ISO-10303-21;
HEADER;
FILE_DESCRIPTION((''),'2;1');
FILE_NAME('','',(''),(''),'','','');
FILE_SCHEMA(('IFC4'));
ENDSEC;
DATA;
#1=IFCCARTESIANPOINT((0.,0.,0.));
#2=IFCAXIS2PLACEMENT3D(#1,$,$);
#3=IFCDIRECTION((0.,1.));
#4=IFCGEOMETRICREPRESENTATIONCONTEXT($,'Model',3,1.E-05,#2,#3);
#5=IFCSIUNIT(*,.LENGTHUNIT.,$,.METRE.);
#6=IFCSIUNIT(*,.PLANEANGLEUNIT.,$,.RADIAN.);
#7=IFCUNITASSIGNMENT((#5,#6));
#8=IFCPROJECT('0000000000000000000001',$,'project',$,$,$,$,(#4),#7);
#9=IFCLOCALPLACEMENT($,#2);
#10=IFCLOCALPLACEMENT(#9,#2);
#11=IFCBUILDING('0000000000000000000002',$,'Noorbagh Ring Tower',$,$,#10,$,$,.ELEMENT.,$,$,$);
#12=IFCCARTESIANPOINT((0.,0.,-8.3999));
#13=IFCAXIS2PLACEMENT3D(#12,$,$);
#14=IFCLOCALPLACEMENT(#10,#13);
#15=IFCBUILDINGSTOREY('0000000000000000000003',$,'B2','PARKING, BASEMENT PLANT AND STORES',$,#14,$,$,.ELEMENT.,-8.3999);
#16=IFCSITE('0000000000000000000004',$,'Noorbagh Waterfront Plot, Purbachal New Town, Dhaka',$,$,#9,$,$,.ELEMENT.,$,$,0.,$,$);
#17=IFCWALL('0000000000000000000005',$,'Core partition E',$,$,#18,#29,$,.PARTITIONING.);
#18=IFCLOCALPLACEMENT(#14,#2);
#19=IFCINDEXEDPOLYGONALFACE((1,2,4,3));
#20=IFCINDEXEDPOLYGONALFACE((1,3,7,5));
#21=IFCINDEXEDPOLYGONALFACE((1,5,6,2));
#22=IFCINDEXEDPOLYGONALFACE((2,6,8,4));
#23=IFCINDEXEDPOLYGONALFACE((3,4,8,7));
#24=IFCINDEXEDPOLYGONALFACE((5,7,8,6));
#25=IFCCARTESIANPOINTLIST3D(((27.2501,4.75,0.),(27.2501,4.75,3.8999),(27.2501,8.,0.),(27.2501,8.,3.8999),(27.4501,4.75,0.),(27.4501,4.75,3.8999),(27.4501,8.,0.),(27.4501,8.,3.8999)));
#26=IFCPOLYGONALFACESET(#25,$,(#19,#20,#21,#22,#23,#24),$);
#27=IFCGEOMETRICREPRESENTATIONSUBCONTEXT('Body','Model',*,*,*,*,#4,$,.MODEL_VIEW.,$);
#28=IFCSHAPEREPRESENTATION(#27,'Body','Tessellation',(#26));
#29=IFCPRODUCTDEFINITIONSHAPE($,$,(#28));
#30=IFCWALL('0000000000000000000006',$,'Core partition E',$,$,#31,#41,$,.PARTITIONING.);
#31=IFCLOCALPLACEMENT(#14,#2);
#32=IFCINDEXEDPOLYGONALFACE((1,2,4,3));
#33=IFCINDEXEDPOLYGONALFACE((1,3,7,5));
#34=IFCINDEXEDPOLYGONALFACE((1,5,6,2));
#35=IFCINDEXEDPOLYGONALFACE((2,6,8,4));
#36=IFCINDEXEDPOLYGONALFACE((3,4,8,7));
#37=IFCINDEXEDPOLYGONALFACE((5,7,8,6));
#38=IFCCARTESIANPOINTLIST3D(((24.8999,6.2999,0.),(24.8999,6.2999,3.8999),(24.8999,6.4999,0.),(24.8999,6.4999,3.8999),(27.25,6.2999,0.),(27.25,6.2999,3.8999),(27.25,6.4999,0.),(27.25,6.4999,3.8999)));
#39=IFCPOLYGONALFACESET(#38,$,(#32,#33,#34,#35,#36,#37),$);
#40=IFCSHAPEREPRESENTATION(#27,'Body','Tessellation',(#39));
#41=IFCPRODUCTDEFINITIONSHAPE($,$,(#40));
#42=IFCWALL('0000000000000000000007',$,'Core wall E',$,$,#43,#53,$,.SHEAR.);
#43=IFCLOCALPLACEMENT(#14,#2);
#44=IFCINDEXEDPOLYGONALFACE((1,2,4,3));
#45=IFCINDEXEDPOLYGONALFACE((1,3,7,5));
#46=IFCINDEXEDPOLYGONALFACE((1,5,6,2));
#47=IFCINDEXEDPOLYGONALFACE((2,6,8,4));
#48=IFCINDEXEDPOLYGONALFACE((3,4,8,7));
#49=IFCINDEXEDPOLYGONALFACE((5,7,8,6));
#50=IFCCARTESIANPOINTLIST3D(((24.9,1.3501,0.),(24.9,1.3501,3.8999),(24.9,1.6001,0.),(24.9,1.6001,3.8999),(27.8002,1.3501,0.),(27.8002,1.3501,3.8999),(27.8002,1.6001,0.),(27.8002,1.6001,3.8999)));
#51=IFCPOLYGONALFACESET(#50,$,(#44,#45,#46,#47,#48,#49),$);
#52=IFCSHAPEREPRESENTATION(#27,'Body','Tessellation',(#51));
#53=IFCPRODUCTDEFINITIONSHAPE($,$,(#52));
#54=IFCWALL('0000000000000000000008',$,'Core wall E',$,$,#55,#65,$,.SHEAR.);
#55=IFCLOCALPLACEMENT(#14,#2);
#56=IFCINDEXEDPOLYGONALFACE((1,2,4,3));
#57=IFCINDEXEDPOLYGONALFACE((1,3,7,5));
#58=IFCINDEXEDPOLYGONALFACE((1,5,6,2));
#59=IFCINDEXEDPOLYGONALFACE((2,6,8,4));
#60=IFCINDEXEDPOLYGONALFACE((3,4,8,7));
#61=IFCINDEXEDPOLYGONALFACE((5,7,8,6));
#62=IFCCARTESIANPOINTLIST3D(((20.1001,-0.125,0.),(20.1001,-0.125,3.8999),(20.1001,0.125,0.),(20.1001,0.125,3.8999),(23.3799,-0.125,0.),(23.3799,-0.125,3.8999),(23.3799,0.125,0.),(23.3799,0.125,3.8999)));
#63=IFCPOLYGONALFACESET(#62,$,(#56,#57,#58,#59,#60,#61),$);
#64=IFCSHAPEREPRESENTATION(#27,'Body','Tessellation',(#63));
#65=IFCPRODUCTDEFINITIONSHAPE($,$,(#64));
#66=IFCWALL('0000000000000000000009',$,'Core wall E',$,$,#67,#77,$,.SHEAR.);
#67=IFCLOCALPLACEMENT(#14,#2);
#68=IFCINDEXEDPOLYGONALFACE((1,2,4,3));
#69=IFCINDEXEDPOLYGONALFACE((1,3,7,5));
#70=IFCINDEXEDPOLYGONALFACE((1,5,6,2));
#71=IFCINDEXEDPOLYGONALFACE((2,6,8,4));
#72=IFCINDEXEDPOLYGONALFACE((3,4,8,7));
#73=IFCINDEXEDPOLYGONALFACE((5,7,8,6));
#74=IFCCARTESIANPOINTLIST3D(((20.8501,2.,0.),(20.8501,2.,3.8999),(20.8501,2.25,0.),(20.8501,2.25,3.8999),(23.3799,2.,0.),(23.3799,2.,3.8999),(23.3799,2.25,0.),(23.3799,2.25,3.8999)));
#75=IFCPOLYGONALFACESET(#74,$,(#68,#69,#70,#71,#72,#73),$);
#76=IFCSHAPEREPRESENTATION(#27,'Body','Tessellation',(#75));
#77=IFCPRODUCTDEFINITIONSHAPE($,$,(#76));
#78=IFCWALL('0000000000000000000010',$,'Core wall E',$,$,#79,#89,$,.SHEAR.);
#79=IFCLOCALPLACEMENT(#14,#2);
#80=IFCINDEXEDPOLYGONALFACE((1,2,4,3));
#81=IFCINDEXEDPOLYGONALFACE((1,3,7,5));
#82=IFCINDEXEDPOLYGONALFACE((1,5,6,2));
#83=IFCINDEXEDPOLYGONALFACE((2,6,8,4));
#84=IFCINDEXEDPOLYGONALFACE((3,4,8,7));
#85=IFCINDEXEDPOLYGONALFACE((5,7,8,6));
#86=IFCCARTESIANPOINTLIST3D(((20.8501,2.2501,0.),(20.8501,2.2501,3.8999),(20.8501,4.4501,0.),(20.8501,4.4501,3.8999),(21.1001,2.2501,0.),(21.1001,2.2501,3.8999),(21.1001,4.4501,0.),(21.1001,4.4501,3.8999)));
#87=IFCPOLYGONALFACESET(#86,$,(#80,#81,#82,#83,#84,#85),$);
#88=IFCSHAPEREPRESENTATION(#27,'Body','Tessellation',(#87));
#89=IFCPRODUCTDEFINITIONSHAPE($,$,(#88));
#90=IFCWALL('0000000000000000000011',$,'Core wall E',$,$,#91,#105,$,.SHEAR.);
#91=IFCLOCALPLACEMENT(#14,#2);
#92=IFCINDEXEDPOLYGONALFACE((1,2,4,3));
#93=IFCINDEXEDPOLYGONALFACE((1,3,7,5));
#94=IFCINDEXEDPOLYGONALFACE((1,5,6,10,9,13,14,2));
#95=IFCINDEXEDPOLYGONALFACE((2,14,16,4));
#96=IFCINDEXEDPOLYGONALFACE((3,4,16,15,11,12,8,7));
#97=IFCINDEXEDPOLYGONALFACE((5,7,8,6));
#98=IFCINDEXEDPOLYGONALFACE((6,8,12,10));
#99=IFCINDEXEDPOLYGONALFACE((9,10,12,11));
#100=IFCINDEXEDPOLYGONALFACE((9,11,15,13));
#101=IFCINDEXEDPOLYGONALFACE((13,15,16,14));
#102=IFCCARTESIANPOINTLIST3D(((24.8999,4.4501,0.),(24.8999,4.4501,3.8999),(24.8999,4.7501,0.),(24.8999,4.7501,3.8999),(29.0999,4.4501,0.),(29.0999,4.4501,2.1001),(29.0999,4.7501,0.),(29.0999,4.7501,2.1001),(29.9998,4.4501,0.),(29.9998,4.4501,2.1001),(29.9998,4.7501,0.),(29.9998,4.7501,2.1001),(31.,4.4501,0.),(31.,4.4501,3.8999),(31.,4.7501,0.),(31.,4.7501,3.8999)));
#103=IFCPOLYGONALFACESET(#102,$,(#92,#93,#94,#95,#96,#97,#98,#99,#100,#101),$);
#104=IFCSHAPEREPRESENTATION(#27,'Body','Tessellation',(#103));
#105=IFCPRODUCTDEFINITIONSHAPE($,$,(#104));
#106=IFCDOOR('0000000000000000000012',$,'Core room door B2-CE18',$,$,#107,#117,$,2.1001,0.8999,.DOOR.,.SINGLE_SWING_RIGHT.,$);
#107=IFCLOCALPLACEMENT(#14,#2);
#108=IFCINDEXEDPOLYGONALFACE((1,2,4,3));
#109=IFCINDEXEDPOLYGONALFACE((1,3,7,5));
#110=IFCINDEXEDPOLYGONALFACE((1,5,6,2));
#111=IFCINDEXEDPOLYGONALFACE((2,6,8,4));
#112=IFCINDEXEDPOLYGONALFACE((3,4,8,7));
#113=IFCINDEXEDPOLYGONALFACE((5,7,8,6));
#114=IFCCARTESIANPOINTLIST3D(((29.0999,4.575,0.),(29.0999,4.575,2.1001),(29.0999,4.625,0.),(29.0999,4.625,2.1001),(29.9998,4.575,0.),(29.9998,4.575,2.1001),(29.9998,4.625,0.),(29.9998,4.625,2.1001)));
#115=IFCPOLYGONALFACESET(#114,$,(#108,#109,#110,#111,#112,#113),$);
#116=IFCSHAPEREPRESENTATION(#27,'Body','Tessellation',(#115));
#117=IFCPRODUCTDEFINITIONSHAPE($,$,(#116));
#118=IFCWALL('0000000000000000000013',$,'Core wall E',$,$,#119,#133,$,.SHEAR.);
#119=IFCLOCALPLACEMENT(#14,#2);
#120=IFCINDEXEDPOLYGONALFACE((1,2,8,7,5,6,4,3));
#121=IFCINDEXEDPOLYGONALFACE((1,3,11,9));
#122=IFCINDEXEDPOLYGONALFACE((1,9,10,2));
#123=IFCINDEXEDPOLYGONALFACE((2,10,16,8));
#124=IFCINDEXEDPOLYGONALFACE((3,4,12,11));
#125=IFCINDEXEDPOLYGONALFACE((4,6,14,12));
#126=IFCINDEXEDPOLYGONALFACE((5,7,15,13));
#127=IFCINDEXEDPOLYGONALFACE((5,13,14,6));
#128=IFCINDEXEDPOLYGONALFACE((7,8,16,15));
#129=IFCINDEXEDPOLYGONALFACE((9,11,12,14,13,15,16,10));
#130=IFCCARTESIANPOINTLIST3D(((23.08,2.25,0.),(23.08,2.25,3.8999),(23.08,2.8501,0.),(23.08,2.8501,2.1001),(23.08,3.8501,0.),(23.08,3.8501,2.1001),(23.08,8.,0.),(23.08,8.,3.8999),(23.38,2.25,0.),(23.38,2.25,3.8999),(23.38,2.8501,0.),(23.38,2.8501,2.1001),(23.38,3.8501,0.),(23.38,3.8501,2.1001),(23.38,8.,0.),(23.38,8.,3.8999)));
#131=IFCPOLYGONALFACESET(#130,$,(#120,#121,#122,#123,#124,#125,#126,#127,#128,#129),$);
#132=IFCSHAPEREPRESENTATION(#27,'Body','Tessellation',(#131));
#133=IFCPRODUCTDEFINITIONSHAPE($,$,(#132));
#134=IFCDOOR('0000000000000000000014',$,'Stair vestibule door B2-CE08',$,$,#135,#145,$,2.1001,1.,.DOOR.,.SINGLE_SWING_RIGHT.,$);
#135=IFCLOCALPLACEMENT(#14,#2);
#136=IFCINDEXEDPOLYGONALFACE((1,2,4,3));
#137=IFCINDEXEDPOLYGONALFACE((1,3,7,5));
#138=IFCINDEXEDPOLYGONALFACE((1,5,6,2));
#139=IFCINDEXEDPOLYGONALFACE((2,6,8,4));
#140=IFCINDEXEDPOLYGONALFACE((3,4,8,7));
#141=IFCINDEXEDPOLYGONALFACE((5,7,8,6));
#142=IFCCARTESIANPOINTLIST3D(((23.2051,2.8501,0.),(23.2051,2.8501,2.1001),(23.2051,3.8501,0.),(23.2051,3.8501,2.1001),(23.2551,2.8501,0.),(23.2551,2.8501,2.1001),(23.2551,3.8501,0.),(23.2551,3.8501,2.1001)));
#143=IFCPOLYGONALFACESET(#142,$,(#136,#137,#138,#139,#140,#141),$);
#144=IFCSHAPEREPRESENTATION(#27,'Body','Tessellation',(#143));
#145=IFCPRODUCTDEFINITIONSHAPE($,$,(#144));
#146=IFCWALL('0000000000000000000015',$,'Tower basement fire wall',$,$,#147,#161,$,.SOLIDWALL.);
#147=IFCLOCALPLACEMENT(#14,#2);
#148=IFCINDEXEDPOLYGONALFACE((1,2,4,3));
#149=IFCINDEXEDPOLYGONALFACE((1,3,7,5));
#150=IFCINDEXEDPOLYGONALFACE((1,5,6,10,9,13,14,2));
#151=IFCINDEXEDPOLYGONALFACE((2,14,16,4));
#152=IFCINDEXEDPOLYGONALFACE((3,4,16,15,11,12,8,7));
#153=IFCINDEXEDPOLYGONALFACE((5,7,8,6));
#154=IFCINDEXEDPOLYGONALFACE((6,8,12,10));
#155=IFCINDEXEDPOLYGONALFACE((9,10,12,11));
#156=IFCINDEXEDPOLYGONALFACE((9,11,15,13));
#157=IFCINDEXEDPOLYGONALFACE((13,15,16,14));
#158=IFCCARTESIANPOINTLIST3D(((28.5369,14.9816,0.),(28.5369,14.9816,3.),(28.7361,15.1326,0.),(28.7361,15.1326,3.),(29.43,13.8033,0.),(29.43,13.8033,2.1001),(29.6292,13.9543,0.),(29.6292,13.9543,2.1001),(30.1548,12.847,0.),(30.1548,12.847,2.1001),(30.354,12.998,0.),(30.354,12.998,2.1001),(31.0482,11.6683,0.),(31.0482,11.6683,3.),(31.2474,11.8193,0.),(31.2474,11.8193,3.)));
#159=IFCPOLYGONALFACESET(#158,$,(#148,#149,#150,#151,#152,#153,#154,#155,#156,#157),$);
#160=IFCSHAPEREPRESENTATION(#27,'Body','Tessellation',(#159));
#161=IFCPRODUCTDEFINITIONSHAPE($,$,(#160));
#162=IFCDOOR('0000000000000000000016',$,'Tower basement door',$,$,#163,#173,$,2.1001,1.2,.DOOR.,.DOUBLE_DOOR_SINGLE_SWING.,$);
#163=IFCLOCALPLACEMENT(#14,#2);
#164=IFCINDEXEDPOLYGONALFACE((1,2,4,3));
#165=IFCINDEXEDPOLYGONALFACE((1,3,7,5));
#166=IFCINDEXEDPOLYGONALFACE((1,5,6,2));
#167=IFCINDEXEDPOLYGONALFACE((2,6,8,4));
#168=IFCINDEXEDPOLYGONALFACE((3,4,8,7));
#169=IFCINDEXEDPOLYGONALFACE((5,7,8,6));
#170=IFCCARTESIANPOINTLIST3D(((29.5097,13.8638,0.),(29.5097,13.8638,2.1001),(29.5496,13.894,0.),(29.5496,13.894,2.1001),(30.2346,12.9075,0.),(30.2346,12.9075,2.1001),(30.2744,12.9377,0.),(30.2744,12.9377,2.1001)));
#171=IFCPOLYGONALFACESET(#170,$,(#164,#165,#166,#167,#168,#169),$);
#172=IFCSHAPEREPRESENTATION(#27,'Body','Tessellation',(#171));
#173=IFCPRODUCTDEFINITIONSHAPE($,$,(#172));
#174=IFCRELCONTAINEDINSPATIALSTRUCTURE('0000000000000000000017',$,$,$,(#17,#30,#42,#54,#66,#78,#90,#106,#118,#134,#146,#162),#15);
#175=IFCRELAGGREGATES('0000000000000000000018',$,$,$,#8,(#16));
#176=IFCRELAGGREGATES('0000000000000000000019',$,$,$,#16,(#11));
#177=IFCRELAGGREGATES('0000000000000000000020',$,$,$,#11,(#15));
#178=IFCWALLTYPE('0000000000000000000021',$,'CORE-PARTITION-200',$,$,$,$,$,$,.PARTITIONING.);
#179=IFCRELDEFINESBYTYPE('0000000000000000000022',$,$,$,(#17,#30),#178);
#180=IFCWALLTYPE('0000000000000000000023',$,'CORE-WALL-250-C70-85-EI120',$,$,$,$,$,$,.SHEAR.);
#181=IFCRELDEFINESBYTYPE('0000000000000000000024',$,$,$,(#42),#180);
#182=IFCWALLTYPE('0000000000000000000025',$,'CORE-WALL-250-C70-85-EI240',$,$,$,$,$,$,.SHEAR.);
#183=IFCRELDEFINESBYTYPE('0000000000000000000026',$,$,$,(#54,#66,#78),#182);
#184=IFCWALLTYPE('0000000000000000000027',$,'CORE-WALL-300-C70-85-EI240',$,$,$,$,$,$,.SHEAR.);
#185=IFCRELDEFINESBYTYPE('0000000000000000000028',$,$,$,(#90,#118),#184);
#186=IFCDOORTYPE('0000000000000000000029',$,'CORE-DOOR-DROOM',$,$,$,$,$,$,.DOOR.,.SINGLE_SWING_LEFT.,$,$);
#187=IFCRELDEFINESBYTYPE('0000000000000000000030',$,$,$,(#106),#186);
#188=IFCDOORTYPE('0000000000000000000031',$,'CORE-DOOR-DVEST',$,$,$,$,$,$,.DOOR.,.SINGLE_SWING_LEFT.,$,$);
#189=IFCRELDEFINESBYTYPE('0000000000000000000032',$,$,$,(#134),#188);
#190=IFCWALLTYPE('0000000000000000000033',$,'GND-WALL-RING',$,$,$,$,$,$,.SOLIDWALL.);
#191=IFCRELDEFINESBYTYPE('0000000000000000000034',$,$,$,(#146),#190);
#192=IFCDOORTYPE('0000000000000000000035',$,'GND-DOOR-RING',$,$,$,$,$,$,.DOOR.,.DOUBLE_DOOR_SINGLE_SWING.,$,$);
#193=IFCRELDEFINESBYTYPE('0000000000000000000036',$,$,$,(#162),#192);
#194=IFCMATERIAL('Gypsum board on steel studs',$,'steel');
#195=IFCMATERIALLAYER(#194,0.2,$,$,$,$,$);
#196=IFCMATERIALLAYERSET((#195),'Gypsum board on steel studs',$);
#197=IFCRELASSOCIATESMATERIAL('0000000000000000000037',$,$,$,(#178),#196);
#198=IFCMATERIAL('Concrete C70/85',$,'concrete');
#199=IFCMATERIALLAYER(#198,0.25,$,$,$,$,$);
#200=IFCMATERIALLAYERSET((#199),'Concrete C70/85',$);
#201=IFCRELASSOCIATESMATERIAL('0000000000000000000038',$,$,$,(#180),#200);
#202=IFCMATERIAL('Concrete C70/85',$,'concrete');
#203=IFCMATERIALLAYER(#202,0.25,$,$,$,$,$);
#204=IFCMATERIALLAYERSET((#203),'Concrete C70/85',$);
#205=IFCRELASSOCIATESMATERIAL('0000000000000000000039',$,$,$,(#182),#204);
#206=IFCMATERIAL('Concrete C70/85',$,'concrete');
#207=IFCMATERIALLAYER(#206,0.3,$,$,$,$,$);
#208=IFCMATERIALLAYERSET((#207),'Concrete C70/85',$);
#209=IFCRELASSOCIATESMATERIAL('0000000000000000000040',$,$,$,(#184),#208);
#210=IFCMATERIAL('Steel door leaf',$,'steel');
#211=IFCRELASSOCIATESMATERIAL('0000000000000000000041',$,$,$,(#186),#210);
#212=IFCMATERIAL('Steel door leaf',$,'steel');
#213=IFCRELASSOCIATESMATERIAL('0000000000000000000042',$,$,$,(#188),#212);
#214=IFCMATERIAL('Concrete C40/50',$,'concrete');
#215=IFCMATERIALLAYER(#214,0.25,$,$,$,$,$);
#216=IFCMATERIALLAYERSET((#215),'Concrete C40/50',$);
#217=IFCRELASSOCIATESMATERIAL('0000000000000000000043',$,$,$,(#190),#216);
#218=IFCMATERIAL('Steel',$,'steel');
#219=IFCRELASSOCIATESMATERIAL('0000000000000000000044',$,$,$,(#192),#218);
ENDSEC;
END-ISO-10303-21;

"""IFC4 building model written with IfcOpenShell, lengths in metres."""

from ifc_helpers import new_model, si_unit, direction, frame, frame_2d, origin, place, context, subcontext, project, spatial, rectangle, extrude, material, layer, layer_set, type_object, element, fill, save


model = new_model("IFC4")

# Units and contexts
model_context = context("Model", 3, precision=1e-05, world=origin(), true_north=direction((0.0, 1.0)))
body_context = subcontext(model_context, "Body", "Model", "MODEL_VIEW")
ifc_project = project(units=[si_unit("LENGTHUNIT", "METRE"), si_unit("PLANEANGLEUNIT", "RADIAN")], contexts=[model_context])

# Site, building, storey
site_placement = place(None, origin())
site = spatial("IfcSite", under=ifc_project, at=site_placement, Name="Noorbagh Waterfront Plot, Purbachal New Town, Dhaka", CompositionType="ELEMENT", RefElevation=0.0)
building_placement = place(site_placement, origin())
building = spatial("IfcBuilding", under=site, at=building_placement, Name="Noorbagh Ring Tower", CompositionType="ELEMENT")
storey_placement = place(building_placement, frame((0.0, 0.0, -8.3999)))
storey = spatial("IfcBuildingStorey", under=building, at=storey_placement, Name="B2", Description="PARKING, BASEMENT PLANT AND STORES", CompositionType="ELEMENT", Elevation=-8.3999)

# Walls
ifc_material_1 = material(Name="Gypsum board on steel studs", Category="steel")
ifc_layer_1 = layer(ifc_material_1, 0.2)
ifc_layer_set_1 = layer_set([ifc_layer_1], Name="Gypsum board on steel studs")
wall_type_1 = type_object("IfcWallType", Name="CORE-PARTITION-200", PredefinedType="PARTITIONING", material=ifc_layer_set_1)
wall_1_placement = place(storey_placement, frame((27.3501, 4.75, 0.0), z_axis=(0.0, 0.0, 1.0), x_axis=(0.0, 1.0, 0.0)))
element("IfcWall", 1, at=wall_1_placement, inside=storey, type_object=wall_type_1, Name="Core partition E", PredefinedType="PARTITIONING", context=body_context, shape_type="SweptSolid", body=[
    extrude(rectangle(XDim=3.25, YDim=0.2, at=frame_2d((1.625, 0.0))), origin(), (0.0, 0.0, 1.0), 3.8999),
])
wall_2_placement = place(storey_placement, frame((24.8999, 6.3999, 0.0), z_axis=(0.0, 0.0, 1.0), x_axis=(1.0, 0.0, 0.0)))
element("IfcWall", 2, at=wall_2_placement, inside=storey, type_object=wall_type_1, Name="Core partition E", PredefinedType="PARTITIONING", context=body_context, shape_type="SweptSolid", body=[
    extrude(rectangle(XDim=2.3501, YDim=0.2, at=frame_2d((1.175, 0.0))), origin(), (0.0, 0.0, 1.0), 3.8999),
])
ifc_material_2 = material(Name="Concrete C70/85", Category="concrete")
ifc_layer_2 = layer(ifc_material_2, 0.25)
ifc_layer_set_2 = layer_set([ifc_layer_2], Name="Concrete C70/85")
wall_type_2 = type_object("IfcWallType", Name="CORE-WALL-250-C70-85-EI120", PredefinedType="SHEAR", material=ifc_layer_set_2)
wall_3_placement = place(storey_placement, frame((24.8999, 1.4751, 0.0), z_axis=(0.0, 0.0, 1.0), x_axis=(1.0, 0.0, 0.0)))
element("IfcWall", 3, at=wall_3_placement, inside=storey, type_object=wall_type_2, Name="Core wall E", PredefinedType="SHEAR", context=body_context, shape_type="SweptSolid", body=[
    extrude(rectangle(XDim=2.9001, YDim=0.25, at=frame_2d((1.4502, 0.0))), origin(), (0.0, 0.0, 1.0), 3.8999),
])
ifc_material_3 = material(Name="Concrete C70/85", Category="concrete")
ifc_layer_3 = layer(ifc_material_3, 0.25)
ifc_layer_set_3 = layer_set([ifc_layer_3], Name="Concrete C70/85")
wall_type_3 = type_object("IfcWallType", Name="CORE-WALL-250-C70-85-EI240", PredefinedType="SHEAR", material=ifc_layer_set_3)
wall_4_placement = place(storey_placement, frame((20.1001, 0.0, 0.0), z_axis=(0.0, 0.0, 1.0), x_axis=(1.0, 0.0, 0.0)))
element("IfcWall", 4, at=wall_4_placement, inside=storey, type_object=wall_type_3, Name="Core wall E", PredefinedType="SHEAR", context=body_context, shape_type="SweptSolid", body=[
    extrude(rectangle(XDim=3.2798, YDim=0.25, at=frame_2d((1.6399, 0.0))), origin(), (0.0, 0.0, 1.0), 3.8999),
])
wall_5_placement = place(storey_placement, frame((20.8501, 2.125, 0.0), z_axis=(0.0, 0.0, 1.0), x_axis=(1.0, 0.0, 0.0)))
element("IfcWall", 5, at=wall_5_placement, inside=storey, type_object=wall_type_3, Name="Core wall E", PredefinedType="SHEAR", context=body_context, shape_type="SweptSolid", body=[
    extrude(rectangle(XDim=2.5298, YDim=0.25, at=frame_2d((1.2649, 0.0))), origin(), (0.0, 0.0, 1.0), 3.8999),
])
wall_6_placement = place(storey_placement, frame((20.9751, 2.25, 0.0), z_axis=(0.0, 0.0, 1.0), x_axis=(0.0, 1.0, 0.0)))
element("IfcWall", 6, at=wall_6_placement, inside=storey, type_object=wall_type_3, Name="Core wall E", PredefinedType="SHEAR", context=body_context, shape_type="SweptSolid", body=[
    extrude(rectangle(XDim=2.2, YDim=0.25, at=frame_2d((1.1001, 0.0))), origin(), (0.0, 0.0, 1.0), 3.8999),
])

# Walls, openings, doors
ifc_material_4 = material(Name="Concrete C70/85", Category="concrete")
ifc_layer_4 = layer(ifc_material_4, 0.3)
ifc_layer_set_4 = layer_set([ifc_layer_4], Name="Concrete C70/85")
wall_type_4 = type_object("IfcWallType", Name="CORE-WALL-300-C70-85-EI240", PredefinedType="SHEAR", material=ifc_layer_set_4)
wall_7_placement = place(storey_placement, frame((24.8999, 4.6001, 0.0), z_axis=(0.0, 0.0, 1.0), x_axis=(1.0, 0.0, 0.0)))
wall_7 = element("IfcWall", 7, at=wall_7_placement, inside=storey, type_object=wall_type_4, Name="Core wall E", PredefinedType="SHEAR", context=body_context, shape_type="SweptSolid", body=[
    extrude(rectangle(XDim=6.1001, YDim=0.3, at=frame_2d((3.05, 0.0))), origin(), (0.0, 0.0, 1.0), 3.8999),
])
opening_1_placement = place(wall_7_placement, frame((4.2, 0.0, 0.0)))
opening_1 = element("IfcOpeningElement", 8, at=opening_1_placement, cuts=wall_7, PredefinedType="OPENING", context=body_context, shape_type="SweptSolid", body=[
    extrude(rectangle(XDim=0.8999, YDim=2.1001, at=frame_2d((0.45, 1.05))), frame((0.0, 0.1602, 0.0), z_axis=(0.0, -1.0, 0.0), x_axis=(1.0, 0.0, 0.0)), (0.0, 0.0, 1.0), 0.3201),
])
ifc_material_5 = material(Name="Steel door leaf", Category="steel")
door_type_1 = type_object("IfcDoorType", Name="CORE-DOOR-DROOM", OperationType="SINGLE_SWING_LEFT", PredefinedType="DOOR", material=ifc_material_5)
door_1_placement = place(opening_1_placement, origin())
door_1 = element("IfcDoor", 9, at=door_1_placement, inside=storey, type_object=door_type_1, Name="Core room door B2-CE18", OperationType="SINGLE_SWING_RIGHT", OverallHeight=2.1001, OverallWidth=0.8999, PredefinedType="DOOR", context=body_context, shape_type="SweptSolid", body=[
    extrude(rectangle(XDim=0.8999, YDim=2.1001, at=frame_2d((0.45, 1.05))), frame((0.0, 0.0249, 0.0), z_axis=(0.0, -1.0, 0.0), x_axis=(1.0, 0.0, 0.0)), (0.0, 0.0, 1.0), 0.05),
])
fill(opening_1, door_1)
wall_8_placement = place(storey_placement, frame((23.23, 2.25, 0.0), z_axis=(0.0, 0.0, 1.0), x_axis=(0.0, 1.0, 0.0)))
wall_8 = element("IfcWall", 10, at=wall_8_placement, inside=storey, type_object=wall_type_4, Name="Core wall E", PredefinedType="SHEAR", context=body_context, shape_type="SweptSolid", body=[
    extrude(rectangle(XDim=5.75, YDim=0.3, at=frame_2d((2.875, 0.0))), origin(), (0.0, 0.0, 1.0), 3.8999),
])
opening_2_placement = place(wall_8_placement, frame((0.6001, 0.0, 0.0)))
opening_2 = element("IfcOpeningElement", 11, at=opening_2_placement, cuts=wall_8, PredefinedType="OPENING", context=body_context, shape_type="SweptSolid", body=[
    extrude(rectangle(XDim=1.0, YDim=2.1001, at=frame_2d((0.5, 1.05))), frame((0.0, 0.1602, 0.0), z_axis=(0.0, -1.0, 0.0), x_axis=(1.0, 0.0, 0.0)), (0.0, 0.0, 1.0), 0.3201),
])
ifc_material_6 = material(Name="Steel door leaf", Category="steel")
door_type_2 = type_object("IfcDoorType", Name="CORE-DOOR-DVEST", OperationType="SINGLE_SWING_LEFT", PredefinedType="DOOR", material=ifc_material_6)
door_2_placement = place(opening_2_placement, origin())
door_2 = element("IfcDoor", 12, at=door_2_placement, inside=storey, type_object=door_type_2, Name="Stair vestibule door B2-CE08", OperationType="SINGLE_SWING_RIGHT", OverallHeight=2.1001, OverallWidth=1.0, PredefinedType="DOOR", context=body_context, shape_type="SweptSolid", body=[
    extrude(rectangle(XDim=1.0, YDim=2.1001, at=frame_2d((0.5, 1.05))), frame((0.0, 0.0249, 0.0), z_axis=(0.0, -1.0, 0.0), x_axis=(1.0, 0.0, 0.0)), (0.0, 0.0, 1.0), 0.05),
])
fill(opening_2, door_2)
ifc_material_7 = material(Name="Concrete C40/50", Category="concrete")
ifc_layer_5 = layer(ifc_material_7, 0.25)
ifc_layer_set_5 = layer_set([ifc_layer_5], Name="Concrete C40/50")
wall_type_5 = type_object("IfcWallType", Name="GND-WALL-RING", PredefinedType="SOLIDWALL", material=ifc_layer_set_5)
wall_9_placement = place(storey_placement, frame((31.1477, 11.7439, 0.0), z_axis=(0.0, 0.0, 1.0), x_axis=(-0.604042, 0.796953, 0.0)))
wall_9 = element("IfcWall", 13, at=wall_9_placement, inside=storey, type_object=wall_type_5, Name="Tower basement fire wall", PredefinedType="SOLIDWALL", context=body_context, shape_type="SweptSolid", body=[
    extrude(rectangle(XDim=4.1575, YDim=0.25, at=frame_2d((2.0786, 0.0))), origin(), (0.0, 0.0, 1.0), 3.0),
])
opening_3_placement = place(wall_9_placement, frame((1.4788, 0.0, 0.0)))
opening_3 = element("IfcOpeningElement", 14, at=opening_3_placement, cuts=wall_9, PredefinedType="OPENING", context=body_context, shape_type="SweptSolid", body=[
    extrude(rectangle(XDim=1.2, YDim=2.1001, at=frame_2d((0.6001, 1.05))), frame((0.0, 0.135, 0.0), z_axis=(0.0, -1.0, 0.0), x_axis=(1.0, 0.0, 0.0)), (0.0, 0.0, 1.0), 0.27),
])
ifc_material_8 = material(Name="Steel", Category="steel")
door_type_3 = type_object("IfcDoorType", Name="GND-DOOR-RING", OperationType="DOUBLE_DOOR_SINGLE_SWING", PredefinedType="DOOR", material=ifc_material_8)
door_3_placement = place(opening_3_placement, origin())
door_3 = element("IfcDoor", 15, at=door_3_placement, inside=storey, type_object=door_type_3, Name="Tower basement door", OperationType="DOUBLE_DOOR_SINGLE_SWING", OverallHeight=2.1001, OverallWidth=1.2, PredefinedType="DOOR", context=body_context, shape_type="SweptSolid", body=[
    extrude(rectangle(XDim=1.2, YDim=2.1001, at=frame_2d((0.6001, 1.05))), frame((0.0, 0.0249, 0.0), z_axis=(0.0, -1.0, 0.0), x_axis=(1.0, 0.0, 0.0)), (0.0, 0.0, 1.0), 0.05),
])
fill(opening_3, door_3)

save(model, "model.ifc")
